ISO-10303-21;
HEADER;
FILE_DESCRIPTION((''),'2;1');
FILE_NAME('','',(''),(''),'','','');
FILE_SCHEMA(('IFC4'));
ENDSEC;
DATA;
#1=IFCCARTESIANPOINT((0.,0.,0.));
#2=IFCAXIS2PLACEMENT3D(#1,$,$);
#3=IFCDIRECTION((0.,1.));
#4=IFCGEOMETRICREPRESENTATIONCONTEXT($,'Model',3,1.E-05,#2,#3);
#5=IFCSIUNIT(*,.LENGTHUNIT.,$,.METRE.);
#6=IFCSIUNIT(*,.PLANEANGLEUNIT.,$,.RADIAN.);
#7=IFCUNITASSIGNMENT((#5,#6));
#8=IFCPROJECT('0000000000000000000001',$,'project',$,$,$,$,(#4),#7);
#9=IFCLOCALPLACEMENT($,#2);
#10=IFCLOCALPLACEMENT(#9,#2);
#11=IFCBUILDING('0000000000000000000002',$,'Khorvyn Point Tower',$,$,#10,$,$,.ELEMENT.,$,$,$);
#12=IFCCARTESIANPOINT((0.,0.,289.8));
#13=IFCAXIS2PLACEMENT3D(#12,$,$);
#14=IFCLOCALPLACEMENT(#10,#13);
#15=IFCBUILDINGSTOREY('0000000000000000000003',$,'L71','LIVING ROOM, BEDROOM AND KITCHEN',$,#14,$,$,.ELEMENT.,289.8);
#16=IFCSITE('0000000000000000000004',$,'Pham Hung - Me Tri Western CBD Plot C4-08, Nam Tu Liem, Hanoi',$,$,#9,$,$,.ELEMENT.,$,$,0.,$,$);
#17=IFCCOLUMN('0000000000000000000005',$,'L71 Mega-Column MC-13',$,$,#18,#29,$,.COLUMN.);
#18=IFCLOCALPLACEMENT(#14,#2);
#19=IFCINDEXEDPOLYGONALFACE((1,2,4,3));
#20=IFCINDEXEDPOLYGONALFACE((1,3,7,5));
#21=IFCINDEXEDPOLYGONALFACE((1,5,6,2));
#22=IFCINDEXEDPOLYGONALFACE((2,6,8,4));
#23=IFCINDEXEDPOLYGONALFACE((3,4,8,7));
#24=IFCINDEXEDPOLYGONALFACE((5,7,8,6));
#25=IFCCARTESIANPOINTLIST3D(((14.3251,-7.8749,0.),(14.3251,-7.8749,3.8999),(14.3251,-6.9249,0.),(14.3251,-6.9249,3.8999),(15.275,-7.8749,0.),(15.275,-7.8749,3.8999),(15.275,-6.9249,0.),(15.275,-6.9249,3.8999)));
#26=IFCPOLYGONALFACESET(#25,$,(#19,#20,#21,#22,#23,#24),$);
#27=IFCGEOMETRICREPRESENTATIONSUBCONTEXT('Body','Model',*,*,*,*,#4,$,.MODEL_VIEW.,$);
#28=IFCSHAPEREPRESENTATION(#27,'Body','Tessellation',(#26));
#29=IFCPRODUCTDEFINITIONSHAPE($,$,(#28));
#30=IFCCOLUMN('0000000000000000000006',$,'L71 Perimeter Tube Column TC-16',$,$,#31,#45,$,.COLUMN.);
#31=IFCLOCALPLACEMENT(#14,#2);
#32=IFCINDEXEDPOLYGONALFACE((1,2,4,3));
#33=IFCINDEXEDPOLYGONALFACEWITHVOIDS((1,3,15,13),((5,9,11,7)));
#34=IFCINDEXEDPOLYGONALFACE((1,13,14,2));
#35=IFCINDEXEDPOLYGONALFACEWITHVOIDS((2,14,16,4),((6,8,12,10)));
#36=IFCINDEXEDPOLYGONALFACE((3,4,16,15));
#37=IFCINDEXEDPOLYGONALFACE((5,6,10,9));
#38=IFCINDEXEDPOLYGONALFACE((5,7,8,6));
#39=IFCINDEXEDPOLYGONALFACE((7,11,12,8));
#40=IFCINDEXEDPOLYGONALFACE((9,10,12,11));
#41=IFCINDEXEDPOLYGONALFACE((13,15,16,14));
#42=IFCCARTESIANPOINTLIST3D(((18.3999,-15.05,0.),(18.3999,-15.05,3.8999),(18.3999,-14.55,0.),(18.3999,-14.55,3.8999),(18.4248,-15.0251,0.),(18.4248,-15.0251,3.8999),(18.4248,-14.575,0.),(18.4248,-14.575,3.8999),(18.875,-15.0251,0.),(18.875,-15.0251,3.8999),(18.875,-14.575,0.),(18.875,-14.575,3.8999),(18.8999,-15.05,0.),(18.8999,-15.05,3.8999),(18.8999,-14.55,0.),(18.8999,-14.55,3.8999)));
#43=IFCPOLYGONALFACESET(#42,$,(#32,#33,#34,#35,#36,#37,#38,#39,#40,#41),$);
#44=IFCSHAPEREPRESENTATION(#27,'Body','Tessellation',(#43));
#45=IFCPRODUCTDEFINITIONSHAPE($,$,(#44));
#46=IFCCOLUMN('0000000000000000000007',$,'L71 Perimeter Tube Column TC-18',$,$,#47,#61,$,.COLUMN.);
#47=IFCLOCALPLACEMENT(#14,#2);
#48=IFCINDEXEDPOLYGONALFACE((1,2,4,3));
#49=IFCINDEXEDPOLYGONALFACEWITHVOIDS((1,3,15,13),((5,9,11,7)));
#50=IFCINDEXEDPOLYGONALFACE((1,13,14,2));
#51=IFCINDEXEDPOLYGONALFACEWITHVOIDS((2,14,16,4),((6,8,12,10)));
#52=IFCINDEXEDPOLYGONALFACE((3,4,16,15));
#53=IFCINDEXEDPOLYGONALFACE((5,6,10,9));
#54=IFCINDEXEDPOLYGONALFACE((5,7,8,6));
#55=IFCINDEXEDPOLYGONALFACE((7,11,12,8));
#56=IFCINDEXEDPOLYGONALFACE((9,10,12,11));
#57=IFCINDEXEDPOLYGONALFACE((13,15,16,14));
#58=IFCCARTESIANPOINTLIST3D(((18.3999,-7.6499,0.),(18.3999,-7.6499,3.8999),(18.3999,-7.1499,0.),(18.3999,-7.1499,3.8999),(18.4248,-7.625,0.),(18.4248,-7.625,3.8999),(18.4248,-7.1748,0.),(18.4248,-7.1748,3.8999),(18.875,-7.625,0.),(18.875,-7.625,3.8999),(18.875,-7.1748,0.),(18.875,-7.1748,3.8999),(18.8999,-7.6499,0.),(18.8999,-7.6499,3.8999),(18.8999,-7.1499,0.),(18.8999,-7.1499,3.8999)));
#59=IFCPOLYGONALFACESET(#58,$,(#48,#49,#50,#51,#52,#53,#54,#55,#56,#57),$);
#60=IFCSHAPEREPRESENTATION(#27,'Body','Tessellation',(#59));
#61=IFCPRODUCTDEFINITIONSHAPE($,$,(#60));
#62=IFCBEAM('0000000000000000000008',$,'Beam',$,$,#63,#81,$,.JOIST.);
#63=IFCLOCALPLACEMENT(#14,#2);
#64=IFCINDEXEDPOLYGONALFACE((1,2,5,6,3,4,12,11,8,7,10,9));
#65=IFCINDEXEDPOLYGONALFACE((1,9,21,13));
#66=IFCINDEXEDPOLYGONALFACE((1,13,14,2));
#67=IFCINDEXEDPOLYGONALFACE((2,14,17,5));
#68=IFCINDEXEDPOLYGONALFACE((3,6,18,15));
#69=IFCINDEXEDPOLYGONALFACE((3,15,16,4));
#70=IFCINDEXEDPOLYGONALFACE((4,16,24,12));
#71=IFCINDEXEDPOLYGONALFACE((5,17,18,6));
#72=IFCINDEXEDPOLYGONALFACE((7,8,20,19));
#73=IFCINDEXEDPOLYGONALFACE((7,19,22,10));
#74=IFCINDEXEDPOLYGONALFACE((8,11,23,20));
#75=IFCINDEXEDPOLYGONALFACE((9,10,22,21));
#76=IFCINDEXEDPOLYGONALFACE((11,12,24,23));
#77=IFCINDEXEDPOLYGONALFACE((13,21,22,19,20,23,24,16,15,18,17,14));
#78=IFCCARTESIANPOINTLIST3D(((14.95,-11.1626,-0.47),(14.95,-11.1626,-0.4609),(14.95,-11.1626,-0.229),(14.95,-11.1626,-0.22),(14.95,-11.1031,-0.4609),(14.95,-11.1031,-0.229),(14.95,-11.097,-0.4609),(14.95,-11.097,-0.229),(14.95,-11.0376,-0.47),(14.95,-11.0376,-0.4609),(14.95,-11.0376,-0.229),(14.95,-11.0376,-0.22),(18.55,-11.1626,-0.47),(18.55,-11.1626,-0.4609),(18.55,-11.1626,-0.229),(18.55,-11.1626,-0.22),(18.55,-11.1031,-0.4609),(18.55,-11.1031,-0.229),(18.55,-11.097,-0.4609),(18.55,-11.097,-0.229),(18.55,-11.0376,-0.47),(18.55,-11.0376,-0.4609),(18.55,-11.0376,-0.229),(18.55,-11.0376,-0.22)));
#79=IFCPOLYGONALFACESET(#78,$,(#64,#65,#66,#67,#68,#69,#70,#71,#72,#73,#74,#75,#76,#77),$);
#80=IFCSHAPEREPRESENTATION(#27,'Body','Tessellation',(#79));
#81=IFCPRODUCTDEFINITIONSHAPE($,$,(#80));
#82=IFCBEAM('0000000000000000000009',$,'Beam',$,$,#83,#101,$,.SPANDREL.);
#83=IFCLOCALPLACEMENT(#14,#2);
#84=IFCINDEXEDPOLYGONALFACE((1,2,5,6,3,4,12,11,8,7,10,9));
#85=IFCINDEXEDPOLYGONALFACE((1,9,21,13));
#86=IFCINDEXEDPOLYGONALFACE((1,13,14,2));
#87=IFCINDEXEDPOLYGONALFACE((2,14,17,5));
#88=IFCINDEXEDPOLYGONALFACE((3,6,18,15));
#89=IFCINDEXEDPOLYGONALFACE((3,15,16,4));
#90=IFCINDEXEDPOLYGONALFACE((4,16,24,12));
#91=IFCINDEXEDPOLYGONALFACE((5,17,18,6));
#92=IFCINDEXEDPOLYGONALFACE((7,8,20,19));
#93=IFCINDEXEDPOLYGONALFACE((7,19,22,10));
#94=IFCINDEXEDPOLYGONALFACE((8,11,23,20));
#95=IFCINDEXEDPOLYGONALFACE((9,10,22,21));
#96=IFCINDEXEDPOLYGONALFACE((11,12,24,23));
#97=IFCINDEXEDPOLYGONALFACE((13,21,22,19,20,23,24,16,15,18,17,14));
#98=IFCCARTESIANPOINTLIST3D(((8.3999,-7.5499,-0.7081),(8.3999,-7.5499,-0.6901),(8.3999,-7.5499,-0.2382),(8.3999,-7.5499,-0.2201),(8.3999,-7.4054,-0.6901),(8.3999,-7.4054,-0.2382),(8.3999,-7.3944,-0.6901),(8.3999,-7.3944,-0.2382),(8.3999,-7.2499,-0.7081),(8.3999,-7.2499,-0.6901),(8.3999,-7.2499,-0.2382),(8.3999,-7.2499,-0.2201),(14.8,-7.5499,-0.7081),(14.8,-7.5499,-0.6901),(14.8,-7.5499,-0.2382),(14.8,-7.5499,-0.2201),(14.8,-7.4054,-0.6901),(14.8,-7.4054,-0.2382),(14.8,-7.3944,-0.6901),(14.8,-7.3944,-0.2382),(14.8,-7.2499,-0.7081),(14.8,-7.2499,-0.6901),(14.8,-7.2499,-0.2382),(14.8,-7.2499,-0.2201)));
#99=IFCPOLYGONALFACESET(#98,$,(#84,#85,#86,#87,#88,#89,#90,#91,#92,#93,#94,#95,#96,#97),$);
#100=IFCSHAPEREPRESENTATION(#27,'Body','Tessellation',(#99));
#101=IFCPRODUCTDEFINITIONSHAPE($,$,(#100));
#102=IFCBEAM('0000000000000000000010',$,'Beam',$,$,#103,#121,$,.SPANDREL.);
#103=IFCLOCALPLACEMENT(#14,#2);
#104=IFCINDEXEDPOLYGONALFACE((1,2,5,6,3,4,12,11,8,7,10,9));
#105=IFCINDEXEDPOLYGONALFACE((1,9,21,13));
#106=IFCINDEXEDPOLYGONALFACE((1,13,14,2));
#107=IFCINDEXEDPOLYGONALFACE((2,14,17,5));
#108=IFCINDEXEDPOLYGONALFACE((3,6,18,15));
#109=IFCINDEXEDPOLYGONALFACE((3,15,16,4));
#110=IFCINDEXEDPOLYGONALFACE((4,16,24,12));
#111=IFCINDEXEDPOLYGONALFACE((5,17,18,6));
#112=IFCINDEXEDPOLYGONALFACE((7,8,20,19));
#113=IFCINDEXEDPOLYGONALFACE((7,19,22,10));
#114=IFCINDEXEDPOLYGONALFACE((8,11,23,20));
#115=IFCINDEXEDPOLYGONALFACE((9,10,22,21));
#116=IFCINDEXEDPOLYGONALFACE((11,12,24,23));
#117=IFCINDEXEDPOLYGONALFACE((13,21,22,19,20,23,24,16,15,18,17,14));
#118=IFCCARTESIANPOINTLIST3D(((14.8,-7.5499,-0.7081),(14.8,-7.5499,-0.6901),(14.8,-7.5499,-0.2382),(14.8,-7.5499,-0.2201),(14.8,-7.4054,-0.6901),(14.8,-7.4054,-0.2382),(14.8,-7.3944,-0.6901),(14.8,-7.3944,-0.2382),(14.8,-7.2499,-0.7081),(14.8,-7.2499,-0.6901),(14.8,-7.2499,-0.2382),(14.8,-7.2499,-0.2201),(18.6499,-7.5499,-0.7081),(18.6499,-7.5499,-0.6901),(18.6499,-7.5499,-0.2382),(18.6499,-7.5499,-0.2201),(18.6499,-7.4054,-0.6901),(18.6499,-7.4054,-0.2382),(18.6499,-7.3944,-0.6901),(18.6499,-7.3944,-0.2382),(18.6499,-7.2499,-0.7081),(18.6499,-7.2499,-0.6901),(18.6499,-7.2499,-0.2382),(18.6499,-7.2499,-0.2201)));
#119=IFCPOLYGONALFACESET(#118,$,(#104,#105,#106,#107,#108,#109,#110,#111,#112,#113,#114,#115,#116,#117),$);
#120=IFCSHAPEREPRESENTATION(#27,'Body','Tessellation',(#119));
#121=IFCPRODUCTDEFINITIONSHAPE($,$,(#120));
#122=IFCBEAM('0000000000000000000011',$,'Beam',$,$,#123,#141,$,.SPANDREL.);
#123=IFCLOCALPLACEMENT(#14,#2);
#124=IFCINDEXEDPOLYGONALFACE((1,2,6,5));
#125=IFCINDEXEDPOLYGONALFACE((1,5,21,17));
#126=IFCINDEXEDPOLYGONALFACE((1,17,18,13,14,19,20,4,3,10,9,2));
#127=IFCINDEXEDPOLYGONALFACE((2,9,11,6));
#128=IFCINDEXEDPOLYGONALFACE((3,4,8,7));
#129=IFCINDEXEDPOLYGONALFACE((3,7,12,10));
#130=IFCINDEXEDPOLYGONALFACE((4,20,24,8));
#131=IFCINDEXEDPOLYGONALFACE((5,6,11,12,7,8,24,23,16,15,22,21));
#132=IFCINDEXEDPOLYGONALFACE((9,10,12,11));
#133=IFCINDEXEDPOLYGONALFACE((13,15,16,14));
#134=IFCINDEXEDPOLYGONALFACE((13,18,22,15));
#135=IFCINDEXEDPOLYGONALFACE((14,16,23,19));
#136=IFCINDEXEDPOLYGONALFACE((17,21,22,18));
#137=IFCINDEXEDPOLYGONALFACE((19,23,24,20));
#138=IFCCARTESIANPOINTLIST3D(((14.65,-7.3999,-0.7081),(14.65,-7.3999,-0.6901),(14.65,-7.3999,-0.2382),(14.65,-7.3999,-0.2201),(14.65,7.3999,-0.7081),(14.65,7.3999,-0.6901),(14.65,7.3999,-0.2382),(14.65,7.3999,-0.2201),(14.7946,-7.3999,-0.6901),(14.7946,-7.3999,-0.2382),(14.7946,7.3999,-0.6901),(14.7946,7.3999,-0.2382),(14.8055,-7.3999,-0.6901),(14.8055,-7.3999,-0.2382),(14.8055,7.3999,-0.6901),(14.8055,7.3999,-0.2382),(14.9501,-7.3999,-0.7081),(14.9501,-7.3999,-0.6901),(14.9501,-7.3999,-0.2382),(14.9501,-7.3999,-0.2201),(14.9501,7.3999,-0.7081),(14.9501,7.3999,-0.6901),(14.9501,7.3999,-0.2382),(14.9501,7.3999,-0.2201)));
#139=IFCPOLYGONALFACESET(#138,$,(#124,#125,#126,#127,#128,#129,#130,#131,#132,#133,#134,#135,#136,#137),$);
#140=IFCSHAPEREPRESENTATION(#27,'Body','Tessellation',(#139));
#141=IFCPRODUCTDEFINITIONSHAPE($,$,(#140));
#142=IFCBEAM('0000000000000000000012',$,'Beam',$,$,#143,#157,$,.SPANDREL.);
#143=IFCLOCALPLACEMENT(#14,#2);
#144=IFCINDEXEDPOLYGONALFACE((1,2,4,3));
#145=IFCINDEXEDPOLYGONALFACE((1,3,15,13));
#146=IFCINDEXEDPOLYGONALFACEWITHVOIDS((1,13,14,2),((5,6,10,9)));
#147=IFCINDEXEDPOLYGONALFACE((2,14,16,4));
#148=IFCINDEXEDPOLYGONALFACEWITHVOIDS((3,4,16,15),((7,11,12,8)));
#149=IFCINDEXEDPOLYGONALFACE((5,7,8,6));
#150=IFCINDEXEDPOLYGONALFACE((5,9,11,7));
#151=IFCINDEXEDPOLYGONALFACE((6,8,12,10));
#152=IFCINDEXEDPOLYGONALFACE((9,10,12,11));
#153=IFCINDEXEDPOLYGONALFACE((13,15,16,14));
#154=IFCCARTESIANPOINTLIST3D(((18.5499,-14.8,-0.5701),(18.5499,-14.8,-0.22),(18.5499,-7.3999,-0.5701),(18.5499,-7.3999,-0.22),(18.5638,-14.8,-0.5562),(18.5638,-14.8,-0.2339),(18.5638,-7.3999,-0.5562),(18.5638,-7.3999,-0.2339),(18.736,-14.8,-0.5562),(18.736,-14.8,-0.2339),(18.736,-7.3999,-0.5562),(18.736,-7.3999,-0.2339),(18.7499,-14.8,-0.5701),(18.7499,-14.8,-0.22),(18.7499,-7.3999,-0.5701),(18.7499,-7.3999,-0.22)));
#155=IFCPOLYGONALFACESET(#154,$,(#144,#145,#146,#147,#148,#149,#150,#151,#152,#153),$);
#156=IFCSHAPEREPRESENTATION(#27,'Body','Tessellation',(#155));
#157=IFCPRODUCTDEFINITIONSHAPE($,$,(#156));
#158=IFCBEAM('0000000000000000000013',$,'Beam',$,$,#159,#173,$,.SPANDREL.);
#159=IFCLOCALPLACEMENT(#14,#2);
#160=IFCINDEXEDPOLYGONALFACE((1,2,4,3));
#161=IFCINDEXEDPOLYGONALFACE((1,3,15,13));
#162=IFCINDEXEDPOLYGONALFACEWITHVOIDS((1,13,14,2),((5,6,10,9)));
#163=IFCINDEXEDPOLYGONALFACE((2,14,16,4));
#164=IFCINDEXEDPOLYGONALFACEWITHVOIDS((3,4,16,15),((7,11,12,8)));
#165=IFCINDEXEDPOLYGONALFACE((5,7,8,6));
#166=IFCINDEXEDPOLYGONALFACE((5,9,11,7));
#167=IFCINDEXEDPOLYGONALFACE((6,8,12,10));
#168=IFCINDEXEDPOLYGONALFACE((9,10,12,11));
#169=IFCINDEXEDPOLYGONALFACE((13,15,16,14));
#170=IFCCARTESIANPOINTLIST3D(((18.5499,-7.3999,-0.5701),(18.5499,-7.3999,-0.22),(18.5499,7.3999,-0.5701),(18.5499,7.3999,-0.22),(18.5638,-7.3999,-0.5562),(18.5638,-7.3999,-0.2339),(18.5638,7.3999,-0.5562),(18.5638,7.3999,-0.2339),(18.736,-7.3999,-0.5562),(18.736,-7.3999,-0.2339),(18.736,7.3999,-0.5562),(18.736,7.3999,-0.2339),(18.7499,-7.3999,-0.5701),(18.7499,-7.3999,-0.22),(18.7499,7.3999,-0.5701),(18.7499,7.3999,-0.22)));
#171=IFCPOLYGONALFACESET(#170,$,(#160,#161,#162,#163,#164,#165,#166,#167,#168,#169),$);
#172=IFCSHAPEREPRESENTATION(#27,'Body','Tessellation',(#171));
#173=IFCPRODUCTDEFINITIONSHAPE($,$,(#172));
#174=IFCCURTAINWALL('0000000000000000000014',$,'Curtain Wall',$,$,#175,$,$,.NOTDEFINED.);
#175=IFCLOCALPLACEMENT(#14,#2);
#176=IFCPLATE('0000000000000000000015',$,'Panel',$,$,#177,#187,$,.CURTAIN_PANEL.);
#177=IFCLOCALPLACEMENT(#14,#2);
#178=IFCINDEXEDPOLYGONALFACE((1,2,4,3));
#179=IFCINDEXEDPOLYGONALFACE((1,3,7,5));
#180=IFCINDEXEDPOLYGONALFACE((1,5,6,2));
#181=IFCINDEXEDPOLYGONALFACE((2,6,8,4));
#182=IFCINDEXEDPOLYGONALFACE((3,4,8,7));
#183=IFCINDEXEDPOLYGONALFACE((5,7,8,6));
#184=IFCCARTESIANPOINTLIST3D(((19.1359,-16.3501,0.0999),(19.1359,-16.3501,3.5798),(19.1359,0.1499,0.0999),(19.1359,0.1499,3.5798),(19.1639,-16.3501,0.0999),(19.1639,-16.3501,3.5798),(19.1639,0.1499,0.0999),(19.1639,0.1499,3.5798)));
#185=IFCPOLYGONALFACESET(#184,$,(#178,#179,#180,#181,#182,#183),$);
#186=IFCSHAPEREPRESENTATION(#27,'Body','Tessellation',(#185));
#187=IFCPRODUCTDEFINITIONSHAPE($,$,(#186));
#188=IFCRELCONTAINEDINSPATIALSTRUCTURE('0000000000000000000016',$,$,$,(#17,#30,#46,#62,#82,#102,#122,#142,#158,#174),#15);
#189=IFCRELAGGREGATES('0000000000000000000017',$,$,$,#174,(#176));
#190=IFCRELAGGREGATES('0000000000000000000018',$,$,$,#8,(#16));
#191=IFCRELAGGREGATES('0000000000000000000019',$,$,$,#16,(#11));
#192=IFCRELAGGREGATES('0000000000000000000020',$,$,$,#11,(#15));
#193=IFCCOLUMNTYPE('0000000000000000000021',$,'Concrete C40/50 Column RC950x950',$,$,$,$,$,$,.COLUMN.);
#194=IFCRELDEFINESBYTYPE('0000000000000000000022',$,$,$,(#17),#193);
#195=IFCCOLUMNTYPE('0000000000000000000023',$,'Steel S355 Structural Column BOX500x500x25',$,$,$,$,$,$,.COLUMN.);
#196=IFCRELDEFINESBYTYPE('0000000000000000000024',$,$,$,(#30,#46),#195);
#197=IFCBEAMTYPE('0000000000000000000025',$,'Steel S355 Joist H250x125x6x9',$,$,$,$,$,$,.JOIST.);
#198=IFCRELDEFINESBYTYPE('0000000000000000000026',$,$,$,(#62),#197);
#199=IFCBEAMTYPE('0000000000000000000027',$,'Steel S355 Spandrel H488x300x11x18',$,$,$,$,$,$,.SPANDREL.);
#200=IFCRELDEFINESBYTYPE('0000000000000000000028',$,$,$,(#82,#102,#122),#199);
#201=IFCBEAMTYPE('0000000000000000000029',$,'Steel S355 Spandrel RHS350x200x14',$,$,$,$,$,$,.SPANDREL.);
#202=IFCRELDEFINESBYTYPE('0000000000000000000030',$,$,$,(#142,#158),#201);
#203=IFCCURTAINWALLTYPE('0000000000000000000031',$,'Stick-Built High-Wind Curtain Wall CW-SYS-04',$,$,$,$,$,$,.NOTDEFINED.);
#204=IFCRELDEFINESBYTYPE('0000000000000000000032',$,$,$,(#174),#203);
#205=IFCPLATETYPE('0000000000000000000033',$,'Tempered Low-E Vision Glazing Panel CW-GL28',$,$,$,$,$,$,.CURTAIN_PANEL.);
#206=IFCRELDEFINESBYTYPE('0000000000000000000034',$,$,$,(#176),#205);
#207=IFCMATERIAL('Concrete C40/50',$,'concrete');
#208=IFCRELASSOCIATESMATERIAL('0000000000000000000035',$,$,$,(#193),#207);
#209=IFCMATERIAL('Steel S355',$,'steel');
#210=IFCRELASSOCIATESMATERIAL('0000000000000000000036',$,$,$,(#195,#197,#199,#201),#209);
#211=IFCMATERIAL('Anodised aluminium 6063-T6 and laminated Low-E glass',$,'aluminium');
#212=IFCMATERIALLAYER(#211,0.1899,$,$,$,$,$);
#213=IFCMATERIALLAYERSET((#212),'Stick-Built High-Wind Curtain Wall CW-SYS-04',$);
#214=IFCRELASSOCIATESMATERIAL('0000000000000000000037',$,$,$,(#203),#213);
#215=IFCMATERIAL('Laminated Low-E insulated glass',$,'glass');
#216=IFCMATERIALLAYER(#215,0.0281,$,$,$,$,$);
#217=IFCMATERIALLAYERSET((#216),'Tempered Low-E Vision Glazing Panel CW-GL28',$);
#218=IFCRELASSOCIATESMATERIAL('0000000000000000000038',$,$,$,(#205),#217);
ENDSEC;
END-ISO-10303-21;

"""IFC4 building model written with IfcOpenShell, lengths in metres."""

from ifc_helpers import new_model, si_unit, direction, frame, origin, origin_2d, place, context, subcontext, project, spatial, rectangle, hollow_rectangle, i_section, extrude, material, layer, layer_set, material_profile, profile_set, type_object, element, aggregate, save


model = new_model("IFC4")

# Units and contexts
model_context = context("Model", 3, precision=1e-05, world=origin(), true_north=direction((0.0, 1.0)))
body_context = subcontext(model_context, "Body", "Model", "MODEL_VIEW")
ifc_project = project(units=[si_unit("LENGTHUNIT", "METRE"), si_unit("PLANEANGLEUNIT", "RADIAN")], contexts=[model_context])

# Site, building, storey
site_placement = place(None, origin())
site = spatial("IfcSite", under=ifc_project, at=site_placement, Name="Pham Hung - Me Tri Western CBD Plot C4-08, Nam Tu Liem, Hanoi", CompositionType="ELEMENT", RefElevation=0.0)
building_placement = place(site_placement, origin())
building = spatial("IfcBuilding", under=site, at=building_placement, Name="Khorvyn Point Tower", CompositionType="ELEMENT")
storey_placement = place(building_placement, frame((0.0, 0.0, 289.8)))
storey = spatial("IfcBuildingStorey", under=building, at=storey_placement, Name="L71", Description="LIVING ROOM, BEDROOM AND KITCHEN", CompositionType="ELEMENT", Elevation=289.8)

# Columns
ifc_material_1 = material(Name="Concrete C40/50", Category="concrete")
ifc_material_profile_1 = material_profile(ifc_material_1, rectangle(XDim=0.95, YDim=0.95, at=origin_2d()))
ifc_profile_set_1 = profile_set([ifc_material_profile_1], Name="Concrete C40/50 RC950x950")
column_type_1 = type_object("IfcColumnType", Name="Concrete C40/50 Column RC950x950", PredefinedType="COLUMN", material=ifc_profile_set_1)
column_placement = place(storey_placement, frame((14.8, -7.3999, 0.0), z_axis=(0.0, 0.0, 1.0), x_axis=(1.0, 0.0, 0.0)))
element("IfcColumn", 1, at=column_placement, inside=storey, type_object=column_type_1, Name="L71 Mega-Column MC-13", PredefinedType="COLUMN", context=body_context, shape_type="SweptSolid", body=[
    extrude(rectangle(XDim=0.95, YDim=0.95, at=origin_2d()), origin(), (0.0, 0.0, 1.0), 3.8999),
])
ifc_material_2 = material(Name="Steel S355", Category="steel")
ifc_material_profile_2 = material_profile(ifc_material_2, hollow_rectangle(XDim=0.5, YDim=0.5, WallThickness=0.0249, at=origin_2d()))
ifc_profile_set_2 = profile_set([ifc_material_profile_2], Name="Steel S355 BOX500x500x25")
column_type_2 = type_object("IfcColumnType", Name="Steel S355 Structural Column BOX500x500x25", PredefinedType="COLUMN", material=ifc_profile_set_2)
for number, where, z_axis, x_axis, name in (
    (2, (18.6499, -14.8, 0.0), (0.0, 0.0, 1.0), (1.0, 0.0, 0.0), "L71 Perimeter Tube Column TC-16"),
    (3, (18.6499, -7.3999, 0.0), (0.0, 0.0, 1.0), (1.0, 0.0, 0.0), "L71 Perimeter Tube Column TC-18"),
):
    element("IfcColumn", number, at=place(storey_placement, frame(where, z_axis=z_axis, x_axis=x_axis)), inside=storey, type_object=column_type_2, Name=name, PredefinedType="COLUMN", context=body_context, shape_type="SweptSolid", body=[
        extrude(hollow_rectangle(XDim=0.5, YDim=0.5, WallThickness=0.0249, at=origin_2d()), origin(), (0.0, 0.0, 1.0), 3.8999),
    ])

# Beams
ifc_material_profile_3 = material_profile(ifc_material_2, i_section(OverallWidth=0.125, OverallDepth=0.25, WebThickness=0.0061, FlangeThickness=0.009, at=origin_2d()))
ifc_profile_set_3 = profile_set([ifc_material_profile_3], Name="Steel S355 H250x125x6x9")
beam_type_1 = type_object("IfcBeamType", Name="Steel S355 Joist H250x125x6x9", PredefinedType="JOIST", material=ifc_profile_set_3)
beam_1_placement = place(storey_placement, frame((14.95, -11.1001, -0.345), z_axis=(1.0, 0.0, 0.0), x_axis=(0.0, 1.0, 0.0)))
element("IfcBeam", 4, at=beam_1_placement, inside=storey, type_object=beam_type_1, Name="Beam", PredefinedType="JOIST", context=body_context, shape_type="SweptSolid", body=[
    extrude(i_section(OverallWidth=0.125, OverallDepth=0.25, WebThickness=0.0061, FlangeThickness=0.009, at=origin_2d()), origin(), (0.0, 0.0, 1.0), 3.6001),
])
ifc_material_profile_4 = material_profile(ifc_material_2, i_section(OverallWidth=0.3, OverallDepth=0.488, WebThickness=0.011, FlangeThickness=0.0181, at=origin_2d()))
ifc_profile_set_4 = profile_set([ifc_material_profile_4], Name="Steel S355 H488x300x11x18")
beam_type_2 = type_object("IfcBeamType", Name="Steel S355 Spandrel H488x300x11x18", PredefinedType="SPANDREL", material=ifc_profile_set_4)
beam_2_placement = place(storey_placement, frame((8.3999, -7.3999, -0.4641), z_axis=(1.0, 0.0, 0.0), x_axis=(0.0, 1.0, 0.0)))
element("IfcBeam", 5, at=beam_2_placement, inside=storey, type_object=beam_type_2, Name="Beam", PredefinedType="SPANDREL", context=body_context, shape_type="SweptSolid", body=[
    extrude(i_section(OverallWidth=0.3, OverallDepth=0.488, WebThickness=0.011, FlangeThickness=0.0181, at=origin_2d()), origin(), (0.0, 0.0, 1.0), 6.4001),
])
beam_3_placement = place(storey_placement, frame((14.8, -7.3999, -0.4641), z_axis=(1.0, 0.0, 0.0), x_axis=(0.0, 1.0, 0.0)))
element("IfcBeam", 6, at=beam_3_placement, inside=storey, type_object=beam_type_2, Name="Beam", PredefinedType="SPANDREL", context=body_context, shape_type="SweptSolid", body=[
    extrude(i_section(OverallWidth=0.3, OverallDepth=0.488, WebThickness=0.011, FlangeThickness=0.0181, at=origin_2d()), origin(), (0.0, 0.0, 1.0), 3.8499),
])
beam_4_placement = place(storey_placement, frame((14.8, -7.3999, -0.4641), z_axis=(0.0, 1.0, 0.0), x_axis=(-1.0, 0.0, 0.0)))
element("IfcBeam", 7, at=beam_4_placement, inside=storey, type_object=beam_type_2, Name="Beam", PredefinedType="SPANDREL", context=body_context, shape_type="SweptSolid", body=[
    extrude(i_section(OverallWidth=0.3, OverallDepth=0.488, WebThickness=0.011, FlangeThickness=0.0181, at=origin_2d()), origin(), (0.0, 0.0, 1.0), 14.7998),
])
ifc_material_profile_5 = material_profile(ifc_material_2, hollow_rectangle(XDim=0.2, YDim=0.3501, WallThickness=0.0139, at=origin_2d()))
ifc_profile_set_5 = profile_set([ifc_material_profile_5], Name="Steel S355 RHS350x200x14")
beam_type_3 = type_object("IfcBeamType", Name="Steel S355 Spandrel RHS350x200x14", PredefinedType="SPANDREL", material=ifc_profile_set_5)
beam_5_placement = place(storey_placement, frame((18.6499, -14.8, -0.395), z_axis=(0.0, 1.0, 0.0), x_axis=(-1.0, 0.0, 0.0)))
element("IfcBeam", 8, at=beam_5_placement, inside=storey, type_object=beam_type_3, Name="Beam", PredefinedType="SPANDREL", context=body_context, shape_type="SweptSolid", body=[
    extrude(hollow_rectangle(XDim=0.2, YDim=0.3501, WallThickness=0.0139, at=origin_2d()), origin(), (0.0, 0.0, 1.0), 7.4001),
])
beam_6_placement = place(storey_placement, frame((18.6499, -7.3999, -0.395), z_axis=(0.0, 1.0, 0.0), x_axis=(-1.0, 0.0, 0.0)))
element("IfcBeam", 9, at=beam_6_placement, inside=storey, type_object=beam_type_3, Name="Beam", PredefinedType="SPANDREL", context=body_context, shape_type="SweptSolid", body=[
    extrude(hollow_rectangle(XDim=0.2, YDim=0.3501, WallThickness=0.0139, at=origin_2d()), origin(), (0.0, 0.0, 1.0), 14.7998),
])

# Curtain wall, plate
ifc_material_3 = material(Name="Anodised aluminium 6063-T6 and laminated Low-E glass", Category="aluminium")
ifc_layer_1 = layer(ifc_material_3, 0.1899)
ifc_layer_set_1 = layer_set([ifc_layer_1], Name="Stick-Built High-Wind Curtain Wall CW-SYS-04")
curtain_wall_type = type_object("IfcCurtainWallType", Name="Stick-Built High-Wind Curtain Wall CW-SYS-04", PredefinedType="NOTDEFINED", material=ifc_layer_set_1)
curtain_wall_placement = place(storey_placement, origin())
curtain_wall = element("IfcCurtainWall", 10, at=curtain_wall_placement, inside=storey, type_object=curtain_wall_type, Name="Curtain Wall", PredefinedType="NOTDEFINED")
ifc_material_4 = material(Name="Laminated Low-E insulated glass", Category="glass")
ifc_layer_2 = layer(ifc_material_4, 0.0281)
ifc_layer_set_2 = layer_set([ifc_layer_2], Name="Tempered Low-E Vision Glazing Panel CW-GL28")
plate_type = type_object("IfcPlateType", Name="Tempered Low-E Vision Glazing Panel CW-GL28", PredefinedType="CURTAIN_PANEL", material=ifc_layer_set_2)
plate_placement = place(storey_placement, frame((19.1499, -8.1001, 0.0999), z_axis=(0.0, 0.0, 1.0), x_axis=(0.0, -1.0, 0.0)))
plate = element("IfcPlate", 11, at=plate_placement, type_object=plate_type, Name="Panel", PredefinedType="CURTAIN_PANEL", context=body_context, shape_type="SweptSolid", body=[
    extrude(rectangle(XDim=16.5, YDim=0.0281, at=origin_2d()), origin(), (0.0, 0.0, 1.0), 3.48),
])
aggregate(curtain_wall, [plate])

save(model, "model.ifc")
